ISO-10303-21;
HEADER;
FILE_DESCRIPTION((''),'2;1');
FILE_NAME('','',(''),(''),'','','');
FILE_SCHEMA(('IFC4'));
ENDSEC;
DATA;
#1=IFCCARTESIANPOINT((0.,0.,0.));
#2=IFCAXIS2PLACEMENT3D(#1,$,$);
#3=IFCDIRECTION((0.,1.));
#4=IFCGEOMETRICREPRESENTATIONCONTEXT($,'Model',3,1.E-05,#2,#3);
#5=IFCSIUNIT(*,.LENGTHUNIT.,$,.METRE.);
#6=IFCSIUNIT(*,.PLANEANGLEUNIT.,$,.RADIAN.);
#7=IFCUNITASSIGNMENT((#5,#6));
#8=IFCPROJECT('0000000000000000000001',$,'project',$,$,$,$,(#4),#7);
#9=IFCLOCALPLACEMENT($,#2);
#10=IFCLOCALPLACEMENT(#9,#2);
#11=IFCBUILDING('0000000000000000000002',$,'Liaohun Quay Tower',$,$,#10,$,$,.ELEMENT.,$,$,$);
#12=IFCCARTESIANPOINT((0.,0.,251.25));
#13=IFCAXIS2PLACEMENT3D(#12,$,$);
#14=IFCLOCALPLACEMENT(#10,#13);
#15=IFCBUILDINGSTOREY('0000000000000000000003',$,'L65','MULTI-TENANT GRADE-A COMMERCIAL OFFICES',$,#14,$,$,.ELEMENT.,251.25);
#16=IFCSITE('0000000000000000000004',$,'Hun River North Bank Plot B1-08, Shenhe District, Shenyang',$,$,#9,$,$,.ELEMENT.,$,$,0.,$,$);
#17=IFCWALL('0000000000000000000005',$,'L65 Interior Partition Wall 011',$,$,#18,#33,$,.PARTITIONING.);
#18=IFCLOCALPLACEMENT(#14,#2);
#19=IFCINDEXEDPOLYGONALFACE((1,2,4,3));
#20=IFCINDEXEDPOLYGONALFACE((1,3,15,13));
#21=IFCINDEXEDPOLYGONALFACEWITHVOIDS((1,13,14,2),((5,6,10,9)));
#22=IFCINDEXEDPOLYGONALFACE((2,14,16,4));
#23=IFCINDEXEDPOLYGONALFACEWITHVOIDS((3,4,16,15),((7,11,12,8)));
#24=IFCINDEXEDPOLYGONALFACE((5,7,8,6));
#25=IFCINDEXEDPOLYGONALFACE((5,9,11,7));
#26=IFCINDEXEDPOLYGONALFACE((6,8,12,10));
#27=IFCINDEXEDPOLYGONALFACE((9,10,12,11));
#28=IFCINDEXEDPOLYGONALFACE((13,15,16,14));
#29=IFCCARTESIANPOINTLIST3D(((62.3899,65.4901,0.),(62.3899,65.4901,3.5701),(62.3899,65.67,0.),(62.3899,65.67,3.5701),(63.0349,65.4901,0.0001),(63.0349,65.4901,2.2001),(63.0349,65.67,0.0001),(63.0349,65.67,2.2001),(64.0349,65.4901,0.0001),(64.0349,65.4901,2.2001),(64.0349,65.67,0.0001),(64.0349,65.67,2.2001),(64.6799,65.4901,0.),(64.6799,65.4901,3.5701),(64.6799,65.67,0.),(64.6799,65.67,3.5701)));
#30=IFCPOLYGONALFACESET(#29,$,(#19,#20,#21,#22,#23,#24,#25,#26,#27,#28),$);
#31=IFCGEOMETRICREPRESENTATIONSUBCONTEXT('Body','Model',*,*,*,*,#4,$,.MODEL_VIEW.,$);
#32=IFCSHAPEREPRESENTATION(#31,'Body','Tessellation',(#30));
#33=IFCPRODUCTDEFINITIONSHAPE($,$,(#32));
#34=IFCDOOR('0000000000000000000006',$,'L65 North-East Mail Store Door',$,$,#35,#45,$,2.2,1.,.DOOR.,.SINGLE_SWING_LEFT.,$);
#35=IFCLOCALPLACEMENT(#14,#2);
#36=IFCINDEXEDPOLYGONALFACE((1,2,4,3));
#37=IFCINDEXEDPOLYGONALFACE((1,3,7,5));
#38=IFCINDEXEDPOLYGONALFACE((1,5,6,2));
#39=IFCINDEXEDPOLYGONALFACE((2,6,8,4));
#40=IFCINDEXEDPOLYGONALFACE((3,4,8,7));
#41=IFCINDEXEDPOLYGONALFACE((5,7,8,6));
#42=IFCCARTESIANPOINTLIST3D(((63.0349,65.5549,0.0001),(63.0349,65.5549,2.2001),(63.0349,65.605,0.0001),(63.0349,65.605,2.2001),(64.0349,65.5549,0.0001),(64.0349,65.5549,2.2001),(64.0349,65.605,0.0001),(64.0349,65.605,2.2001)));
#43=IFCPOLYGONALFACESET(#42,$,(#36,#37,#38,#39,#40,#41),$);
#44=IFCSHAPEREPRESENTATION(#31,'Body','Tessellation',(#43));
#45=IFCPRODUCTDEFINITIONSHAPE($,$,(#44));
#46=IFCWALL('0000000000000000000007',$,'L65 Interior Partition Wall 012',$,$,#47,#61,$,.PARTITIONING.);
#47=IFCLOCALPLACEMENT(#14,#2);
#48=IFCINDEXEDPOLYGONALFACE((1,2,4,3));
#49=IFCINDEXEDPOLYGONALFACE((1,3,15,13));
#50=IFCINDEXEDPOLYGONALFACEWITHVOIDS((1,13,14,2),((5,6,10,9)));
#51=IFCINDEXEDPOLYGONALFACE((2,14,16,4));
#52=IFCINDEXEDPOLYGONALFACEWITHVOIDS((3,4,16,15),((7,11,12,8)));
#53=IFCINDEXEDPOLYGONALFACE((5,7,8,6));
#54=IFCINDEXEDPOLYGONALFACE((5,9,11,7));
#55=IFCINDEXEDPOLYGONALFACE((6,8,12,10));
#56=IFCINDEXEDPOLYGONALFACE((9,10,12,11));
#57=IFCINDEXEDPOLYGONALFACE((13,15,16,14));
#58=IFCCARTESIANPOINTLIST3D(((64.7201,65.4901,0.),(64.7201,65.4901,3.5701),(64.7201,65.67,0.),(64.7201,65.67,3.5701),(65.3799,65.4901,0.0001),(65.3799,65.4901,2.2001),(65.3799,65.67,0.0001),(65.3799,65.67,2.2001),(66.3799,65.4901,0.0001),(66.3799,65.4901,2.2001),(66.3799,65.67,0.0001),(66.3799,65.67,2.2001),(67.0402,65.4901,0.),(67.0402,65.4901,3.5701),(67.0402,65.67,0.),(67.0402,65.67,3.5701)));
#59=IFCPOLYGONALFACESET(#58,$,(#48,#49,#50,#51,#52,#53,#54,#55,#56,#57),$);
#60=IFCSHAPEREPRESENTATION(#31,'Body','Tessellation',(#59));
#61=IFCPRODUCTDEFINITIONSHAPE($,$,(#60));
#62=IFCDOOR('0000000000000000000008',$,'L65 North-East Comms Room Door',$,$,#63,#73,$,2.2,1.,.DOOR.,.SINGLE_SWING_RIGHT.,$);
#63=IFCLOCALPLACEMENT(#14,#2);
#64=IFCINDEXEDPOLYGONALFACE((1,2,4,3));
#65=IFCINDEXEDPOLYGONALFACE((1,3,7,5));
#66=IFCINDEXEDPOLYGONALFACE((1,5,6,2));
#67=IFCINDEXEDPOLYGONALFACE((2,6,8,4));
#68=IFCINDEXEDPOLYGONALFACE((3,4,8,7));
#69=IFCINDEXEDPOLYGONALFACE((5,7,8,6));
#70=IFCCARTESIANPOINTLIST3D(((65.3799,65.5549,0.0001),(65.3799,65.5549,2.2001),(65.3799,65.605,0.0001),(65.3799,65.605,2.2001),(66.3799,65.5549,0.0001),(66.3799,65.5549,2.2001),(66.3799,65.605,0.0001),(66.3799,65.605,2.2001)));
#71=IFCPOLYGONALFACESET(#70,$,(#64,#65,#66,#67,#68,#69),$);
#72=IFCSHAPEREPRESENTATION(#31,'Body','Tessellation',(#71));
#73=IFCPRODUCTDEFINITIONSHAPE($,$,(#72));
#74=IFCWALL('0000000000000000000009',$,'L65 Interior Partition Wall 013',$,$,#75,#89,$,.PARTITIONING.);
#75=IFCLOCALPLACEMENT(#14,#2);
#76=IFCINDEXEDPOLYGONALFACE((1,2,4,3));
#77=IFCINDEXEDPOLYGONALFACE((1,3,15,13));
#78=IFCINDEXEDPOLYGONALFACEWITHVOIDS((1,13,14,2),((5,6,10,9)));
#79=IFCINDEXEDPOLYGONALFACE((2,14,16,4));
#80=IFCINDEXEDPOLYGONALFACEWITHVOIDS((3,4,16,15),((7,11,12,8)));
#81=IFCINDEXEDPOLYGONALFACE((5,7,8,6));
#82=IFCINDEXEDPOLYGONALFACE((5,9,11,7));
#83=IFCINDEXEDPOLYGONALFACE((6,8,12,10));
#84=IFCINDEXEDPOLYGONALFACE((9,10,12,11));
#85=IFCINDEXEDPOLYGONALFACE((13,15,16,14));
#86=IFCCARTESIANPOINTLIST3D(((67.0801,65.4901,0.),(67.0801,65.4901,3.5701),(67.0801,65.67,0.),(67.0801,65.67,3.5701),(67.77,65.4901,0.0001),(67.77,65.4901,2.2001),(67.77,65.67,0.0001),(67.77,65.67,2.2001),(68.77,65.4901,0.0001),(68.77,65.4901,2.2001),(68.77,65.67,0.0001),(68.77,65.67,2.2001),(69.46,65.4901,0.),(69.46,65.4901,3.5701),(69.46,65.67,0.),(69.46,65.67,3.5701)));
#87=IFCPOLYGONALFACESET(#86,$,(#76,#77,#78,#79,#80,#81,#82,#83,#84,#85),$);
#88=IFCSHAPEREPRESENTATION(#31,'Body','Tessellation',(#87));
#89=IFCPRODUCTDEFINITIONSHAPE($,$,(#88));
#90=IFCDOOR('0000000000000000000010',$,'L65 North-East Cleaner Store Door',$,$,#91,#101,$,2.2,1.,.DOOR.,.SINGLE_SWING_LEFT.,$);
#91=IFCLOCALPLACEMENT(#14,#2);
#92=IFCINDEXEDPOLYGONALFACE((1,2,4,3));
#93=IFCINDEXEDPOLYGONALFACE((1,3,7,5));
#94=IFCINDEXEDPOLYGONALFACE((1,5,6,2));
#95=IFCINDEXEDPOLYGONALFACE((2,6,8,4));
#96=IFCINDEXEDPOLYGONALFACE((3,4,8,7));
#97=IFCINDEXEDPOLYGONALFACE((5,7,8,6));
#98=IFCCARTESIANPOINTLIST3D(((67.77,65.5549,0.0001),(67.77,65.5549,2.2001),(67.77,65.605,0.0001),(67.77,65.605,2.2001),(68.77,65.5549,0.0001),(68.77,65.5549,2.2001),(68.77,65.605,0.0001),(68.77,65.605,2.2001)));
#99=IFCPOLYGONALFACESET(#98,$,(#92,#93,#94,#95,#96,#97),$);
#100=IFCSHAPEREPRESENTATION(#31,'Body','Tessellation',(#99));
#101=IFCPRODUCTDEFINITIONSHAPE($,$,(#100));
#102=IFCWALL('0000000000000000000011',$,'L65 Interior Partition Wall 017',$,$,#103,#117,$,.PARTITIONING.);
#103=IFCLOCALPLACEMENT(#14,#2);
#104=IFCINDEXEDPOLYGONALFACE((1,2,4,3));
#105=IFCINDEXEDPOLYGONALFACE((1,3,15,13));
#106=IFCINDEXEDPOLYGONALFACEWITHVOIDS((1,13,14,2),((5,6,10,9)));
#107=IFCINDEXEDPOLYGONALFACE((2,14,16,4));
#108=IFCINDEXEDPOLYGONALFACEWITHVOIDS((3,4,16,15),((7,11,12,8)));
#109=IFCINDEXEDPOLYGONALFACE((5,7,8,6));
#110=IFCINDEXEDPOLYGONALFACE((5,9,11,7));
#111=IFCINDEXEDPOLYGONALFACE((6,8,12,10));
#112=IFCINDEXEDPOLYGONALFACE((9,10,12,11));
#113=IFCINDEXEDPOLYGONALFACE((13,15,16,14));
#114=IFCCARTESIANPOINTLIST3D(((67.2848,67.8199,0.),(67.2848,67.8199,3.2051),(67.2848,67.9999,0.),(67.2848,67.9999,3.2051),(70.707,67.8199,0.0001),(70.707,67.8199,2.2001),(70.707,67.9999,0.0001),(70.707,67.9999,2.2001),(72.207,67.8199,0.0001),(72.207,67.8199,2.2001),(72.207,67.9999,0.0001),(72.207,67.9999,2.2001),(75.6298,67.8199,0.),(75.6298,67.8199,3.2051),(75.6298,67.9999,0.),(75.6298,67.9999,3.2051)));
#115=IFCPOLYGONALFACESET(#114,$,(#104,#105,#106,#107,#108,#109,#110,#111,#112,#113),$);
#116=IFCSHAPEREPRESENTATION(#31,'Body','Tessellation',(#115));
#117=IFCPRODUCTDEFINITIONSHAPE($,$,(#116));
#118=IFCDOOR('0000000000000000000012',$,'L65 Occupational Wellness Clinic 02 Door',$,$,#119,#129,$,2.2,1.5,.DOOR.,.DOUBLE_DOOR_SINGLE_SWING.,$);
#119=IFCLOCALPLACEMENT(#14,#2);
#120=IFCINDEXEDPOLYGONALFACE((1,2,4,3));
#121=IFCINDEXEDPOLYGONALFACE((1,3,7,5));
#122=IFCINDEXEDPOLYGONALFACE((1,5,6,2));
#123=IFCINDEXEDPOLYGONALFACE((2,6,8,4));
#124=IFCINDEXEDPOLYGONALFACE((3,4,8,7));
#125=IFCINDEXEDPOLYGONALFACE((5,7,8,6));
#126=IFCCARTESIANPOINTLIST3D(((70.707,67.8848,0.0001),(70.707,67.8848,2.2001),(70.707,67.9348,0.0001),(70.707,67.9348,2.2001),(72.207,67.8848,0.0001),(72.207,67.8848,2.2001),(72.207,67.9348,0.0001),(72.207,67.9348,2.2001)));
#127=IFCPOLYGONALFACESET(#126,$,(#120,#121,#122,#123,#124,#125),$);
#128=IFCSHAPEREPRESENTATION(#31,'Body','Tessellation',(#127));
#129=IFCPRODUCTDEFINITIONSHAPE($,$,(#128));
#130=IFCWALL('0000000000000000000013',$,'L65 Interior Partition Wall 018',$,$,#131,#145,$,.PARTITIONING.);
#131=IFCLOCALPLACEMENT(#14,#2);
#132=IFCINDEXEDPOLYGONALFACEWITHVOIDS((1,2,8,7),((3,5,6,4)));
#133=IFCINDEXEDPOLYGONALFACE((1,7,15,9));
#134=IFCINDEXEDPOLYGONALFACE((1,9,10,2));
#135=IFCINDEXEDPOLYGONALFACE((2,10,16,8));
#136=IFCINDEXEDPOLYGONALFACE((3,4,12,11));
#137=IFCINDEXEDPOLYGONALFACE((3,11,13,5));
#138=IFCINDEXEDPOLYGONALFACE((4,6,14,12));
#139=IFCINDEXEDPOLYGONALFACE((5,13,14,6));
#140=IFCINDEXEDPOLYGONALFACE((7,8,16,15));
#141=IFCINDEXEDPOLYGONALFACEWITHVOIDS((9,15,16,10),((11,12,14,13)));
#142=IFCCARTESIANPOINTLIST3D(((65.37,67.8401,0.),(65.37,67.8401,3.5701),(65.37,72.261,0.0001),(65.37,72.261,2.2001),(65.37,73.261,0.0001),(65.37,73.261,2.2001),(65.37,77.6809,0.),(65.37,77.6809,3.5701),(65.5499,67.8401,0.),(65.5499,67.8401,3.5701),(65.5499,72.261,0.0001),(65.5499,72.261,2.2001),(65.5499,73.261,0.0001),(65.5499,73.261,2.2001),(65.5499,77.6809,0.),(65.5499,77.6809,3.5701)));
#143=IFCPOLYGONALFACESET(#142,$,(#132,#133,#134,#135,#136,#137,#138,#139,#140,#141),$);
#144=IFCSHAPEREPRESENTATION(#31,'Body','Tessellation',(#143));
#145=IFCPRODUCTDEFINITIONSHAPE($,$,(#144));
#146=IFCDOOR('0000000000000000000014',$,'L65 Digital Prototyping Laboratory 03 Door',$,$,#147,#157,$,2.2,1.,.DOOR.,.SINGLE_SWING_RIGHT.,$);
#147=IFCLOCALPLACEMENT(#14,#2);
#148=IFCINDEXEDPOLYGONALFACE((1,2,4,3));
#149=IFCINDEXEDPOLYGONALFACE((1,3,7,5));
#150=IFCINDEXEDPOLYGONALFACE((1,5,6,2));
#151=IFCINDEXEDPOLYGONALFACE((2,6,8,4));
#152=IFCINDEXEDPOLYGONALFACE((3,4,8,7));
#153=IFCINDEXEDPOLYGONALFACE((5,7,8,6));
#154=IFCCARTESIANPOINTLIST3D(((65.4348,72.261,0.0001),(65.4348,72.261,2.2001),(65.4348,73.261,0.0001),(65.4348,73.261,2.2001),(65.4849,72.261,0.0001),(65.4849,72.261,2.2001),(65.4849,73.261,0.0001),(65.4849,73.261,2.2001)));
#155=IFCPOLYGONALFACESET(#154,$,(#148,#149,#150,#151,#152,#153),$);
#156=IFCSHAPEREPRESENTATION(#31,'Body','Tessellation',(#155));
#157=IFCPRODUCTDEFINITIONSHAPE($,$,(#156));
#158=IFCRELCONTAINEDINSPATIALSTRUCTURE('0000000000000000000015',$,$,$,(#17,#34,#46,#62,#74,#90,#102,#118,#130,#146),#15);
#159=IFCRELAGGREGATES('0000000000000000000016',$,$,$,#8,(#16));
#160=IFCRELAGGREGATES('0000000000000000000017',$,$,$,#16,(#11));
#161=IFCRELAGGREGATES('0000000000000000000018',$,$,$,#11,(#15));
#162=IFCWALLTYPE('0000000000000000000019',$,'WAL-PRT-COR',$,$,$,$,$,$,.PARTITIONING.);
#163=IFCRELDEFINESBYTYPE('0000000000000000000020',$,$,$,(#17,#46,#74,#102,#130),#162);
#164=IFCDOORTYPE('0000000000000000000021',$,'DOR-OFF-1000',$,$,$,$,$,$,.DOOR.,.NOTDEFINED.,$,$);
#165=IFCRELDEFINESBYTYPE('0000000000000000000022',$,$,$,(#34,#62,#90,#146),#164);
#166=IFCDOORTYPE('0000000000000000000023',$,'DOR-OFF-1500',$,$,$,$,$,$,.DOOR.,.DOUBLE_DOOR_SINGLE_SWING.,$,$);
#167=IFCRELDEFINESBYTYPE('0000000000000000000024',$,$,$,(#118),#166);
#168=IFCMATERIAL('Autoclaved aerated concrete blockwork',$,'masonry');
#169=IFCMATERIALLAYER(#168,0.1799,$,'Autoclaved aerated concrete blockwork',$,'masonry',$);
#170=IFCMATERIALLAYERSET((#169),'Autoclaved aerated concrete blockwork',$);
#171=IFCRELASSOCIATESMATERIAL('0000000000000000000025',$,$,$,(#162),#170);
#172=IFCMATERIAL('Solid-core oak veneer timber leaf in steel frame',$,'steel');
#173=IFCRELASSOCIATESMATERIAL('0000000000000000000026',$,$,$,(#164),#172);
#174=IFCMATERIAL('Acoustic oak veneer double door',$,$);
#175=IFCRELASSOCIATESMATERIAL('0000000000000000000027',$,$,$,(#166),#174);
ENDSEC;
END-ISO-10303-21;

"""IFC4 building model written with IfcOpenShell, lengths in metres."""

from ifc_helpers import new_model, si_unit, direction, frame, frame_2d, origin, place, context, subcontext, project, spatial, rectangle, extrude, source, transform, mapped, material, layer, layer_set, type_object, element, fill, save


model = new_model("IFC4")

# Units and contexts
model_context = context("Model", 3, precision=1e-05, world=origin(), true_north=direction((0.0, 1.0)))
body_context = subcontext(model_context, "Body", "Model", "MODEL_VIEW")
ifc_project = project(units=[si_unit("LENGTHUNIT", "METRE"), si_unit("PLANEANGLEUNIT", "RADIAN")], contexts=[model_context])

# Site, building, storey
site_placement = place(None, origin())
site = spatial("IfcSite", under=ifc_project, at=site_placement, Name="Hun River North Bank Plot B1-08, Shenhe District, Shenyang", CompositionType="ELEMENT", RefElevation=0.0)
building_placement = place(site_placement, origin())
building = spatial("IfcBuilding", under=site, at=building_placement, Name="Liaohun Quay Tower", CompositionType="ELEMENT")
storey_placement = place(building_placement, frame((0.0, 0.0, 251.25)))
storey = spatial("IfcBuildingStorey", under=building, at=storey_placement, Name="L65", Description="MULTI-TENANT GRADE-A COMMERCIAL OFFICES", CompositionType="ELEMENT", Elevation=251.25)

# Walls, openings, doors
ifc_material_1 = material(Name="Autoclaved aerated concrete blockwork", Category="masonry")
ifc_layer_1 = layer(ifc_material_1, 0.1799, Name="Autoclaved aerated concrete blockwork", Category="masonry")
ifc_layer_set_1 = layer_set([ifc_layer_1], Name="Autoclaved aerated concrete blockwork")
wall_type_1 = type_object("IfcWallType", Name="WAL-PRT-COR", PredefinedType="PARTITIONING", material=ifc_layer_set_1)
wall_1_placement = place(storey_placement, frame((62.3899, 65.5801, 0.0), z_axis=(0.0, 0.0, 1.0), x_axis=(1.0, 0.0, 0.0)))
wall_1 = element("IfcWall", 1, at=wall_1_placement, inside=storey, type_object=wall_type_1, Name="L65 Interior Partition Wall 011", PredefinedType="PARTITIONING", context=body_context, shape_type="SweptSolid", body=[
    extrude(rectangle(XDim=2.29, YDim=0.1799, at=frame_2d((1.145, 0.0))), origin(), (0.0, 0.0, 1.0), 3.5701),
])
shared_shape_1 = source(origin(), body_context, "Body", "SweptSolid", [
    extrude(rectangle(XDim=1.0, YDim=2.2, at=frame_2d((0.5, 1.1001))), frame((0.0, 0.0999, 0.0), z_axis=(0.0, -1.0, 0.0), x_axis=(1.0, 0.0, 0.0)), (0.0, 0.0, 1.0), 0.2),
])
opening_1_placement = place(wall_1_placement, frame((0.645, 0.0, 0.0)))
opening_1 = element("IfcOpeningElement", 2, at=opening_1_placement, cuts=wall_1, PredefinedType="OPENING", context=body_context, shape_type="MappedRepresentation", body=[
    mapped(shared_shape_1, transform((0.0, 0.0, 0.0), x_axis=(1.0, 0.0, 0.0), y_axis=(0.0, 1.0, 0.0), z_axis=(0.0, 0.0, 1.0), scale=1.0)),
])
ifc_material_2 = material(Name="Solid-core oak veneer timber leaf in steel frame", Category="steel")
door_type_1 = type_object("IfcDoorType", Name="DOR-OFF-1000", OperationType="NOTDEFINED", PredefinedType="DOOR", material=ifc_material_2)
shared_shape_2 = source(origin(), body_context, "Body", "SweptSolid", [
    extrude(rectangle(XDim=1.0, YDim=2.2, at=frame_2d((0.5, 1.1001))), frame((0.0, 0.0249, 0.0), z_axis=(0.0, -1.0, 0.0), x_axis=(1.0, 0.0, 0.0)), (0.0, 0.0, 1.0), 0.05),
])
door_1_placement = place(opening_1_placement, origin())
door_1 = element("IfcDoor", 3, at=door_1_placement, inside=storey, type_object=door_type_1, Name="L65 North-East Mail Store Door", OperationType="SINGLE_SWING_LEFT", OverallHeight=2.2, OverallWidth=1.0, PredefinedType="DOOR", context=body_context, shape_type="MappedRepresentation", body=[
    mapped(shared_shape_2, transform((0.0, 0.0, 0.0), x_axis=(1.0, 0.0, 0.0), y_axis=(0.0, 1.0, 0.0), z_axis=(0.0, 0.0, 1.0), scale=1.0)),
])
fill(opening_1, door_1)
wall_2_placement = place(storey_placement, frame((64.72, 65.5801, 0.0), z_axis=(0.0, 0.0, 1.0), x_axis=(1.0, 0.0, 0.0)))
wall_2 = element("IfcWall", 4, at=wall_2_placement, inside=storey, type_object=wall_type_1, Name="L65 Interior Partition Wall 012", PredefinedType="PARTITIONING", context=body_context, shape_type="SweptSolid", body=[
    extrude(rectangle(XDim=2.3201, YDim=0.1799, at=frame_2d((1.1602, 0.0))), origin(), (0.0, 0.0, 1.0), 3.5701),
])
opening_2_placement = place(wall_2_placement, frame((0.6599, 0.0, 0.0)))
opening_2 = element("IfcOpeningElement", 5, at=opening_2_placement, cuts=wall_2, PredefinedType="OPENING", context=body_context, shape_type="MappedRepresentation", body=[
    mapped(shared_shape_1, transform((0.0, 0.0, 0.0), x_axis=(1.0, 0.0, 0.0), y_axis=(0.0, 1.0, 0.0), z_axis=(0.0, 0.0, 1.0), scale=1.0)),
])
door_2_placement = place(opening_2_placement, origin())
door_2 = element("IfcDoor", 6, at=door_2_placement, inside=storey, type_object=door_type_1, Name="L65 North-East Comms Room Door", OperationType="SINGLE_SWING_RIGHT", OverallHeight=2.2, OverallWidth=1.0, PredefinedType="DOOR", context=body_context, shape_type="MappedRepresentation", body=[
    mapped(shared_shape_2, transform((0.0, 0.0, 0.0), x_axis=(1.0, 0.0, 0.0), y_axis=(0.0, 1.0, 0.0), z_axis=(0.0, 0.0, 1.0), scale=1.0)),
])
fill(opening_2, door_2)
wall_3_placement = place(storey_placement, frame((67.0801, 65.5801, 0.0), z_axis=(0.0, 0.0, 1.0), x_axis=(1.0, 0.0, 0.0)))
wall_3 = element("IfcWall", 7, at=wall_3_placement, inside=storey, type_object=wall_type_1, Name="L65 Interior Partition Wall 013", PredefinedType="PARTITIONING", context=body_context, shape_type="SweptSolid", body=[
    extrude(rectangle(XDim=2.3799, YDim=0.1799, at=frame_2d((1.1899, 0.0))), origin(), (0.0, 0.0, 1.0), 3.5701),
])
opening_3_placement = place(wall_3_placement, frame((0.6899, 0.0, 0.0)))
opening_3 = element("IfcOpeningElement", 8, at=opening_3_placement, cuts=wall_3, PredefinedType="OPENING", context=body_context, shape_type="MappedRepresentation", body=[
    mapped(shared_shape_1, transform((0.0, 0.0, 0.0), x_axis=(1.0, 0.0, 0.0), y_axis=(0.0, 1.0, 0.0), z_axis=(0.0, 0.0, 1.0), scale=1.0)),
])
door_3_placement = place(opening_3_placement, origin())
door_3 = element("IfcDoor", 9, at=door_3_placement, inside=storey, type_object=door_type_1, Name="L65 North-East Cleaner Store Door", OperationType="SINGLE_SWING_LEFT", OverallHeight=2.2, OverallWidth=1.0, PredefinedType="DOOR", context=body_context, shape_type="MappedRepresentation", body=[
    mapped(shared_shape_2, transform((0.0, 0.0, 0.0), x_axis=(1.0, 0.0, 0.0), y_axis=(0.0, 1.0, 0.0), z_axis=(0.0, 0.0, 1.0), scale=1.0)),
])
fill(opening_3, door_3)
wall_4_placement = place(storey_placement, frame((67.2849, 67.9099, 0.0), z_axis=(0.0, 0.0, 1.0), x_axis=(1.0, 0.0, 0.0)))
wall_4 = element("IfcWall", 10, at=wall_4_placement, inside=storey, type_object=wall_type_1, Name="L65 Interior Partition Wall 017", PredefinedType="PARTITIONING", context=body_context, shape_type="SweptSolid", body=[
    extrude(rectangle(XDim=8.345, YDim=0.1799, at=frame_2d((4.1724, 0.0))), origin(), (0.0, 0.0, 1.0), 3.2051),
])
shared_shape_3 = source(origin(), body_context, "Body", "SweptSolid", [
    extrude(rectangle(XDim=1.5, YDim=2.2, at=frame_2d((0.75, 1.1001))), frame((0.0, 0.0999, 0.0), z_axis=(0.0, -1.0, 0.0), x_axis=(1.0, 0.0, 0.0)), (0.0, 0.0, 1.0), 0.2),
])
opening_4_placement = place(wall_4_placement, frame((3.4221, 0.0, 0.0)))
opening_4 = element("IfcOpeningElement", 11, at=opening_4_placement, cuts=wall_4, PredefinedType="OPENING", context=body_context, shape_type="MappedRepresentation", body=[
    mapped(shared_shape_3, transform((0.0, 0.0, 0.0), x_axis=(1.0, 0.0, 0.0), y_axis=(0.0, 1.0, 0.0), z_axis=(0.0, 0.0, 1.0), scale=1.0)),
])
ifc_material_3 = material(Name="Acoustic oak veneer double door")
door_type_2 = type_object("IfcDoorType", Name="DOR-OFF-1500", OperationType="DOUBLE_DOOR_SINGLE_SWING", PredefinedType="DOOR", material=ifc_material_3)
shared_shape_4 = source(origin(), body_context, "Body", "SweptSolid", [
    extrude(rectangle(XDim=1.5, YDim=2.2, at=frame_2d((0.75, 1.1001))), frame((0.0, 0.0249, 0.0), z_axis=(0.0, -1.0, 0.0), x_axis=(1.0, 0.0, 0.0)), (0.0, 0.0, 1.0), 0.05),
])
door_4_placement = place(opening_4_placement, origin())
door_4 = element("IfcDoor", 12, at=door_4_placement, inside=storey, type_object=door_type_2, Name="L65 Occupational Wellness Clinic 02 Door", OperationType="DOUBLE_DOOR_SINGLE_SWING", OverallHeight=2.2, OverallWidth=1.5, PredefinedType="DOOR", context=body_context, shape_type="MappedRepresentation", body=[
    mapped(shared_shape_4, transform((0.0, 0.0, 0.0), x_axis=(1.0, 0.0, 0.0), y_axis=(0.0, 1.0, 0.0), z_axis=(0.0, 0.0, 1.0), scale=1.0)),
])
fill(opening_4, door_4)
wall_5_placement = place(storey_placement, frame((65.46, 77.6809, 0.0), z_axis=(0.0, 0.0, 1.0), x_axis=(0.0, -1.0, 0.0)))
wall_5 = element("IfcWall", 13, at=wall_5_placement, inside=storey, type_object=wall_type_1, Name="L65 Interior Partition Wall 018", PredefinedType="PARTITIONING", context=body_context, shape_type="SweptSolid", body=[
    extrude(rectangle(XDim=9.8408, YDim=0.1799, at=frame_2d((4.9204, 0.0))), origin(), (0.0, 0.0, 1.0), 3.5701),
])
opening_5_placement = place(wall_5_placement, frame((4.4199, 0.0, 0.0)))
opening_5 = element("IfcOpeningElement", 14, at=opening_5_placement, cuts=wall_5, PredefinedType="OPENING", context=body_context, shape_type="MappedRepresentation", body=[
    mapped(shared_shape_1, transform((0.0, 0.0, 0.0), x_axis=(1.0, 0.0, 0.0), y_axis=(0.0, 1.0, 0.0), z_axis=(0.0, 0.0, 1.0), scale=1.0)),
])
door_5_placement = place(opening_5_placement, origin())
door_5 = element("IfcDoor", 15, at=door_5_placement, inside=storey, type_object=door_type_1, Name="L65 Digital Prototyping Laboratory 03 Door", OperationType="SINGLE_SWING_RIGHT", OverallHeight=2.2, OverallWidth=1.0, PredefinedType="DOOR", context=body_context, shape_type="MappedRepresentation", body=[
    mapped(shared_shape_2, transform((0.0, 0.0, 0.0), x_axis=(1.0, 0.0, 0.0), y_axis=(0.0, 1.0, 0.0), z_axis=(0.0, 0.0, 1.0), scale=1.0)),
])
fill(opening_5, door_5)

save(model, "model.ifc")
